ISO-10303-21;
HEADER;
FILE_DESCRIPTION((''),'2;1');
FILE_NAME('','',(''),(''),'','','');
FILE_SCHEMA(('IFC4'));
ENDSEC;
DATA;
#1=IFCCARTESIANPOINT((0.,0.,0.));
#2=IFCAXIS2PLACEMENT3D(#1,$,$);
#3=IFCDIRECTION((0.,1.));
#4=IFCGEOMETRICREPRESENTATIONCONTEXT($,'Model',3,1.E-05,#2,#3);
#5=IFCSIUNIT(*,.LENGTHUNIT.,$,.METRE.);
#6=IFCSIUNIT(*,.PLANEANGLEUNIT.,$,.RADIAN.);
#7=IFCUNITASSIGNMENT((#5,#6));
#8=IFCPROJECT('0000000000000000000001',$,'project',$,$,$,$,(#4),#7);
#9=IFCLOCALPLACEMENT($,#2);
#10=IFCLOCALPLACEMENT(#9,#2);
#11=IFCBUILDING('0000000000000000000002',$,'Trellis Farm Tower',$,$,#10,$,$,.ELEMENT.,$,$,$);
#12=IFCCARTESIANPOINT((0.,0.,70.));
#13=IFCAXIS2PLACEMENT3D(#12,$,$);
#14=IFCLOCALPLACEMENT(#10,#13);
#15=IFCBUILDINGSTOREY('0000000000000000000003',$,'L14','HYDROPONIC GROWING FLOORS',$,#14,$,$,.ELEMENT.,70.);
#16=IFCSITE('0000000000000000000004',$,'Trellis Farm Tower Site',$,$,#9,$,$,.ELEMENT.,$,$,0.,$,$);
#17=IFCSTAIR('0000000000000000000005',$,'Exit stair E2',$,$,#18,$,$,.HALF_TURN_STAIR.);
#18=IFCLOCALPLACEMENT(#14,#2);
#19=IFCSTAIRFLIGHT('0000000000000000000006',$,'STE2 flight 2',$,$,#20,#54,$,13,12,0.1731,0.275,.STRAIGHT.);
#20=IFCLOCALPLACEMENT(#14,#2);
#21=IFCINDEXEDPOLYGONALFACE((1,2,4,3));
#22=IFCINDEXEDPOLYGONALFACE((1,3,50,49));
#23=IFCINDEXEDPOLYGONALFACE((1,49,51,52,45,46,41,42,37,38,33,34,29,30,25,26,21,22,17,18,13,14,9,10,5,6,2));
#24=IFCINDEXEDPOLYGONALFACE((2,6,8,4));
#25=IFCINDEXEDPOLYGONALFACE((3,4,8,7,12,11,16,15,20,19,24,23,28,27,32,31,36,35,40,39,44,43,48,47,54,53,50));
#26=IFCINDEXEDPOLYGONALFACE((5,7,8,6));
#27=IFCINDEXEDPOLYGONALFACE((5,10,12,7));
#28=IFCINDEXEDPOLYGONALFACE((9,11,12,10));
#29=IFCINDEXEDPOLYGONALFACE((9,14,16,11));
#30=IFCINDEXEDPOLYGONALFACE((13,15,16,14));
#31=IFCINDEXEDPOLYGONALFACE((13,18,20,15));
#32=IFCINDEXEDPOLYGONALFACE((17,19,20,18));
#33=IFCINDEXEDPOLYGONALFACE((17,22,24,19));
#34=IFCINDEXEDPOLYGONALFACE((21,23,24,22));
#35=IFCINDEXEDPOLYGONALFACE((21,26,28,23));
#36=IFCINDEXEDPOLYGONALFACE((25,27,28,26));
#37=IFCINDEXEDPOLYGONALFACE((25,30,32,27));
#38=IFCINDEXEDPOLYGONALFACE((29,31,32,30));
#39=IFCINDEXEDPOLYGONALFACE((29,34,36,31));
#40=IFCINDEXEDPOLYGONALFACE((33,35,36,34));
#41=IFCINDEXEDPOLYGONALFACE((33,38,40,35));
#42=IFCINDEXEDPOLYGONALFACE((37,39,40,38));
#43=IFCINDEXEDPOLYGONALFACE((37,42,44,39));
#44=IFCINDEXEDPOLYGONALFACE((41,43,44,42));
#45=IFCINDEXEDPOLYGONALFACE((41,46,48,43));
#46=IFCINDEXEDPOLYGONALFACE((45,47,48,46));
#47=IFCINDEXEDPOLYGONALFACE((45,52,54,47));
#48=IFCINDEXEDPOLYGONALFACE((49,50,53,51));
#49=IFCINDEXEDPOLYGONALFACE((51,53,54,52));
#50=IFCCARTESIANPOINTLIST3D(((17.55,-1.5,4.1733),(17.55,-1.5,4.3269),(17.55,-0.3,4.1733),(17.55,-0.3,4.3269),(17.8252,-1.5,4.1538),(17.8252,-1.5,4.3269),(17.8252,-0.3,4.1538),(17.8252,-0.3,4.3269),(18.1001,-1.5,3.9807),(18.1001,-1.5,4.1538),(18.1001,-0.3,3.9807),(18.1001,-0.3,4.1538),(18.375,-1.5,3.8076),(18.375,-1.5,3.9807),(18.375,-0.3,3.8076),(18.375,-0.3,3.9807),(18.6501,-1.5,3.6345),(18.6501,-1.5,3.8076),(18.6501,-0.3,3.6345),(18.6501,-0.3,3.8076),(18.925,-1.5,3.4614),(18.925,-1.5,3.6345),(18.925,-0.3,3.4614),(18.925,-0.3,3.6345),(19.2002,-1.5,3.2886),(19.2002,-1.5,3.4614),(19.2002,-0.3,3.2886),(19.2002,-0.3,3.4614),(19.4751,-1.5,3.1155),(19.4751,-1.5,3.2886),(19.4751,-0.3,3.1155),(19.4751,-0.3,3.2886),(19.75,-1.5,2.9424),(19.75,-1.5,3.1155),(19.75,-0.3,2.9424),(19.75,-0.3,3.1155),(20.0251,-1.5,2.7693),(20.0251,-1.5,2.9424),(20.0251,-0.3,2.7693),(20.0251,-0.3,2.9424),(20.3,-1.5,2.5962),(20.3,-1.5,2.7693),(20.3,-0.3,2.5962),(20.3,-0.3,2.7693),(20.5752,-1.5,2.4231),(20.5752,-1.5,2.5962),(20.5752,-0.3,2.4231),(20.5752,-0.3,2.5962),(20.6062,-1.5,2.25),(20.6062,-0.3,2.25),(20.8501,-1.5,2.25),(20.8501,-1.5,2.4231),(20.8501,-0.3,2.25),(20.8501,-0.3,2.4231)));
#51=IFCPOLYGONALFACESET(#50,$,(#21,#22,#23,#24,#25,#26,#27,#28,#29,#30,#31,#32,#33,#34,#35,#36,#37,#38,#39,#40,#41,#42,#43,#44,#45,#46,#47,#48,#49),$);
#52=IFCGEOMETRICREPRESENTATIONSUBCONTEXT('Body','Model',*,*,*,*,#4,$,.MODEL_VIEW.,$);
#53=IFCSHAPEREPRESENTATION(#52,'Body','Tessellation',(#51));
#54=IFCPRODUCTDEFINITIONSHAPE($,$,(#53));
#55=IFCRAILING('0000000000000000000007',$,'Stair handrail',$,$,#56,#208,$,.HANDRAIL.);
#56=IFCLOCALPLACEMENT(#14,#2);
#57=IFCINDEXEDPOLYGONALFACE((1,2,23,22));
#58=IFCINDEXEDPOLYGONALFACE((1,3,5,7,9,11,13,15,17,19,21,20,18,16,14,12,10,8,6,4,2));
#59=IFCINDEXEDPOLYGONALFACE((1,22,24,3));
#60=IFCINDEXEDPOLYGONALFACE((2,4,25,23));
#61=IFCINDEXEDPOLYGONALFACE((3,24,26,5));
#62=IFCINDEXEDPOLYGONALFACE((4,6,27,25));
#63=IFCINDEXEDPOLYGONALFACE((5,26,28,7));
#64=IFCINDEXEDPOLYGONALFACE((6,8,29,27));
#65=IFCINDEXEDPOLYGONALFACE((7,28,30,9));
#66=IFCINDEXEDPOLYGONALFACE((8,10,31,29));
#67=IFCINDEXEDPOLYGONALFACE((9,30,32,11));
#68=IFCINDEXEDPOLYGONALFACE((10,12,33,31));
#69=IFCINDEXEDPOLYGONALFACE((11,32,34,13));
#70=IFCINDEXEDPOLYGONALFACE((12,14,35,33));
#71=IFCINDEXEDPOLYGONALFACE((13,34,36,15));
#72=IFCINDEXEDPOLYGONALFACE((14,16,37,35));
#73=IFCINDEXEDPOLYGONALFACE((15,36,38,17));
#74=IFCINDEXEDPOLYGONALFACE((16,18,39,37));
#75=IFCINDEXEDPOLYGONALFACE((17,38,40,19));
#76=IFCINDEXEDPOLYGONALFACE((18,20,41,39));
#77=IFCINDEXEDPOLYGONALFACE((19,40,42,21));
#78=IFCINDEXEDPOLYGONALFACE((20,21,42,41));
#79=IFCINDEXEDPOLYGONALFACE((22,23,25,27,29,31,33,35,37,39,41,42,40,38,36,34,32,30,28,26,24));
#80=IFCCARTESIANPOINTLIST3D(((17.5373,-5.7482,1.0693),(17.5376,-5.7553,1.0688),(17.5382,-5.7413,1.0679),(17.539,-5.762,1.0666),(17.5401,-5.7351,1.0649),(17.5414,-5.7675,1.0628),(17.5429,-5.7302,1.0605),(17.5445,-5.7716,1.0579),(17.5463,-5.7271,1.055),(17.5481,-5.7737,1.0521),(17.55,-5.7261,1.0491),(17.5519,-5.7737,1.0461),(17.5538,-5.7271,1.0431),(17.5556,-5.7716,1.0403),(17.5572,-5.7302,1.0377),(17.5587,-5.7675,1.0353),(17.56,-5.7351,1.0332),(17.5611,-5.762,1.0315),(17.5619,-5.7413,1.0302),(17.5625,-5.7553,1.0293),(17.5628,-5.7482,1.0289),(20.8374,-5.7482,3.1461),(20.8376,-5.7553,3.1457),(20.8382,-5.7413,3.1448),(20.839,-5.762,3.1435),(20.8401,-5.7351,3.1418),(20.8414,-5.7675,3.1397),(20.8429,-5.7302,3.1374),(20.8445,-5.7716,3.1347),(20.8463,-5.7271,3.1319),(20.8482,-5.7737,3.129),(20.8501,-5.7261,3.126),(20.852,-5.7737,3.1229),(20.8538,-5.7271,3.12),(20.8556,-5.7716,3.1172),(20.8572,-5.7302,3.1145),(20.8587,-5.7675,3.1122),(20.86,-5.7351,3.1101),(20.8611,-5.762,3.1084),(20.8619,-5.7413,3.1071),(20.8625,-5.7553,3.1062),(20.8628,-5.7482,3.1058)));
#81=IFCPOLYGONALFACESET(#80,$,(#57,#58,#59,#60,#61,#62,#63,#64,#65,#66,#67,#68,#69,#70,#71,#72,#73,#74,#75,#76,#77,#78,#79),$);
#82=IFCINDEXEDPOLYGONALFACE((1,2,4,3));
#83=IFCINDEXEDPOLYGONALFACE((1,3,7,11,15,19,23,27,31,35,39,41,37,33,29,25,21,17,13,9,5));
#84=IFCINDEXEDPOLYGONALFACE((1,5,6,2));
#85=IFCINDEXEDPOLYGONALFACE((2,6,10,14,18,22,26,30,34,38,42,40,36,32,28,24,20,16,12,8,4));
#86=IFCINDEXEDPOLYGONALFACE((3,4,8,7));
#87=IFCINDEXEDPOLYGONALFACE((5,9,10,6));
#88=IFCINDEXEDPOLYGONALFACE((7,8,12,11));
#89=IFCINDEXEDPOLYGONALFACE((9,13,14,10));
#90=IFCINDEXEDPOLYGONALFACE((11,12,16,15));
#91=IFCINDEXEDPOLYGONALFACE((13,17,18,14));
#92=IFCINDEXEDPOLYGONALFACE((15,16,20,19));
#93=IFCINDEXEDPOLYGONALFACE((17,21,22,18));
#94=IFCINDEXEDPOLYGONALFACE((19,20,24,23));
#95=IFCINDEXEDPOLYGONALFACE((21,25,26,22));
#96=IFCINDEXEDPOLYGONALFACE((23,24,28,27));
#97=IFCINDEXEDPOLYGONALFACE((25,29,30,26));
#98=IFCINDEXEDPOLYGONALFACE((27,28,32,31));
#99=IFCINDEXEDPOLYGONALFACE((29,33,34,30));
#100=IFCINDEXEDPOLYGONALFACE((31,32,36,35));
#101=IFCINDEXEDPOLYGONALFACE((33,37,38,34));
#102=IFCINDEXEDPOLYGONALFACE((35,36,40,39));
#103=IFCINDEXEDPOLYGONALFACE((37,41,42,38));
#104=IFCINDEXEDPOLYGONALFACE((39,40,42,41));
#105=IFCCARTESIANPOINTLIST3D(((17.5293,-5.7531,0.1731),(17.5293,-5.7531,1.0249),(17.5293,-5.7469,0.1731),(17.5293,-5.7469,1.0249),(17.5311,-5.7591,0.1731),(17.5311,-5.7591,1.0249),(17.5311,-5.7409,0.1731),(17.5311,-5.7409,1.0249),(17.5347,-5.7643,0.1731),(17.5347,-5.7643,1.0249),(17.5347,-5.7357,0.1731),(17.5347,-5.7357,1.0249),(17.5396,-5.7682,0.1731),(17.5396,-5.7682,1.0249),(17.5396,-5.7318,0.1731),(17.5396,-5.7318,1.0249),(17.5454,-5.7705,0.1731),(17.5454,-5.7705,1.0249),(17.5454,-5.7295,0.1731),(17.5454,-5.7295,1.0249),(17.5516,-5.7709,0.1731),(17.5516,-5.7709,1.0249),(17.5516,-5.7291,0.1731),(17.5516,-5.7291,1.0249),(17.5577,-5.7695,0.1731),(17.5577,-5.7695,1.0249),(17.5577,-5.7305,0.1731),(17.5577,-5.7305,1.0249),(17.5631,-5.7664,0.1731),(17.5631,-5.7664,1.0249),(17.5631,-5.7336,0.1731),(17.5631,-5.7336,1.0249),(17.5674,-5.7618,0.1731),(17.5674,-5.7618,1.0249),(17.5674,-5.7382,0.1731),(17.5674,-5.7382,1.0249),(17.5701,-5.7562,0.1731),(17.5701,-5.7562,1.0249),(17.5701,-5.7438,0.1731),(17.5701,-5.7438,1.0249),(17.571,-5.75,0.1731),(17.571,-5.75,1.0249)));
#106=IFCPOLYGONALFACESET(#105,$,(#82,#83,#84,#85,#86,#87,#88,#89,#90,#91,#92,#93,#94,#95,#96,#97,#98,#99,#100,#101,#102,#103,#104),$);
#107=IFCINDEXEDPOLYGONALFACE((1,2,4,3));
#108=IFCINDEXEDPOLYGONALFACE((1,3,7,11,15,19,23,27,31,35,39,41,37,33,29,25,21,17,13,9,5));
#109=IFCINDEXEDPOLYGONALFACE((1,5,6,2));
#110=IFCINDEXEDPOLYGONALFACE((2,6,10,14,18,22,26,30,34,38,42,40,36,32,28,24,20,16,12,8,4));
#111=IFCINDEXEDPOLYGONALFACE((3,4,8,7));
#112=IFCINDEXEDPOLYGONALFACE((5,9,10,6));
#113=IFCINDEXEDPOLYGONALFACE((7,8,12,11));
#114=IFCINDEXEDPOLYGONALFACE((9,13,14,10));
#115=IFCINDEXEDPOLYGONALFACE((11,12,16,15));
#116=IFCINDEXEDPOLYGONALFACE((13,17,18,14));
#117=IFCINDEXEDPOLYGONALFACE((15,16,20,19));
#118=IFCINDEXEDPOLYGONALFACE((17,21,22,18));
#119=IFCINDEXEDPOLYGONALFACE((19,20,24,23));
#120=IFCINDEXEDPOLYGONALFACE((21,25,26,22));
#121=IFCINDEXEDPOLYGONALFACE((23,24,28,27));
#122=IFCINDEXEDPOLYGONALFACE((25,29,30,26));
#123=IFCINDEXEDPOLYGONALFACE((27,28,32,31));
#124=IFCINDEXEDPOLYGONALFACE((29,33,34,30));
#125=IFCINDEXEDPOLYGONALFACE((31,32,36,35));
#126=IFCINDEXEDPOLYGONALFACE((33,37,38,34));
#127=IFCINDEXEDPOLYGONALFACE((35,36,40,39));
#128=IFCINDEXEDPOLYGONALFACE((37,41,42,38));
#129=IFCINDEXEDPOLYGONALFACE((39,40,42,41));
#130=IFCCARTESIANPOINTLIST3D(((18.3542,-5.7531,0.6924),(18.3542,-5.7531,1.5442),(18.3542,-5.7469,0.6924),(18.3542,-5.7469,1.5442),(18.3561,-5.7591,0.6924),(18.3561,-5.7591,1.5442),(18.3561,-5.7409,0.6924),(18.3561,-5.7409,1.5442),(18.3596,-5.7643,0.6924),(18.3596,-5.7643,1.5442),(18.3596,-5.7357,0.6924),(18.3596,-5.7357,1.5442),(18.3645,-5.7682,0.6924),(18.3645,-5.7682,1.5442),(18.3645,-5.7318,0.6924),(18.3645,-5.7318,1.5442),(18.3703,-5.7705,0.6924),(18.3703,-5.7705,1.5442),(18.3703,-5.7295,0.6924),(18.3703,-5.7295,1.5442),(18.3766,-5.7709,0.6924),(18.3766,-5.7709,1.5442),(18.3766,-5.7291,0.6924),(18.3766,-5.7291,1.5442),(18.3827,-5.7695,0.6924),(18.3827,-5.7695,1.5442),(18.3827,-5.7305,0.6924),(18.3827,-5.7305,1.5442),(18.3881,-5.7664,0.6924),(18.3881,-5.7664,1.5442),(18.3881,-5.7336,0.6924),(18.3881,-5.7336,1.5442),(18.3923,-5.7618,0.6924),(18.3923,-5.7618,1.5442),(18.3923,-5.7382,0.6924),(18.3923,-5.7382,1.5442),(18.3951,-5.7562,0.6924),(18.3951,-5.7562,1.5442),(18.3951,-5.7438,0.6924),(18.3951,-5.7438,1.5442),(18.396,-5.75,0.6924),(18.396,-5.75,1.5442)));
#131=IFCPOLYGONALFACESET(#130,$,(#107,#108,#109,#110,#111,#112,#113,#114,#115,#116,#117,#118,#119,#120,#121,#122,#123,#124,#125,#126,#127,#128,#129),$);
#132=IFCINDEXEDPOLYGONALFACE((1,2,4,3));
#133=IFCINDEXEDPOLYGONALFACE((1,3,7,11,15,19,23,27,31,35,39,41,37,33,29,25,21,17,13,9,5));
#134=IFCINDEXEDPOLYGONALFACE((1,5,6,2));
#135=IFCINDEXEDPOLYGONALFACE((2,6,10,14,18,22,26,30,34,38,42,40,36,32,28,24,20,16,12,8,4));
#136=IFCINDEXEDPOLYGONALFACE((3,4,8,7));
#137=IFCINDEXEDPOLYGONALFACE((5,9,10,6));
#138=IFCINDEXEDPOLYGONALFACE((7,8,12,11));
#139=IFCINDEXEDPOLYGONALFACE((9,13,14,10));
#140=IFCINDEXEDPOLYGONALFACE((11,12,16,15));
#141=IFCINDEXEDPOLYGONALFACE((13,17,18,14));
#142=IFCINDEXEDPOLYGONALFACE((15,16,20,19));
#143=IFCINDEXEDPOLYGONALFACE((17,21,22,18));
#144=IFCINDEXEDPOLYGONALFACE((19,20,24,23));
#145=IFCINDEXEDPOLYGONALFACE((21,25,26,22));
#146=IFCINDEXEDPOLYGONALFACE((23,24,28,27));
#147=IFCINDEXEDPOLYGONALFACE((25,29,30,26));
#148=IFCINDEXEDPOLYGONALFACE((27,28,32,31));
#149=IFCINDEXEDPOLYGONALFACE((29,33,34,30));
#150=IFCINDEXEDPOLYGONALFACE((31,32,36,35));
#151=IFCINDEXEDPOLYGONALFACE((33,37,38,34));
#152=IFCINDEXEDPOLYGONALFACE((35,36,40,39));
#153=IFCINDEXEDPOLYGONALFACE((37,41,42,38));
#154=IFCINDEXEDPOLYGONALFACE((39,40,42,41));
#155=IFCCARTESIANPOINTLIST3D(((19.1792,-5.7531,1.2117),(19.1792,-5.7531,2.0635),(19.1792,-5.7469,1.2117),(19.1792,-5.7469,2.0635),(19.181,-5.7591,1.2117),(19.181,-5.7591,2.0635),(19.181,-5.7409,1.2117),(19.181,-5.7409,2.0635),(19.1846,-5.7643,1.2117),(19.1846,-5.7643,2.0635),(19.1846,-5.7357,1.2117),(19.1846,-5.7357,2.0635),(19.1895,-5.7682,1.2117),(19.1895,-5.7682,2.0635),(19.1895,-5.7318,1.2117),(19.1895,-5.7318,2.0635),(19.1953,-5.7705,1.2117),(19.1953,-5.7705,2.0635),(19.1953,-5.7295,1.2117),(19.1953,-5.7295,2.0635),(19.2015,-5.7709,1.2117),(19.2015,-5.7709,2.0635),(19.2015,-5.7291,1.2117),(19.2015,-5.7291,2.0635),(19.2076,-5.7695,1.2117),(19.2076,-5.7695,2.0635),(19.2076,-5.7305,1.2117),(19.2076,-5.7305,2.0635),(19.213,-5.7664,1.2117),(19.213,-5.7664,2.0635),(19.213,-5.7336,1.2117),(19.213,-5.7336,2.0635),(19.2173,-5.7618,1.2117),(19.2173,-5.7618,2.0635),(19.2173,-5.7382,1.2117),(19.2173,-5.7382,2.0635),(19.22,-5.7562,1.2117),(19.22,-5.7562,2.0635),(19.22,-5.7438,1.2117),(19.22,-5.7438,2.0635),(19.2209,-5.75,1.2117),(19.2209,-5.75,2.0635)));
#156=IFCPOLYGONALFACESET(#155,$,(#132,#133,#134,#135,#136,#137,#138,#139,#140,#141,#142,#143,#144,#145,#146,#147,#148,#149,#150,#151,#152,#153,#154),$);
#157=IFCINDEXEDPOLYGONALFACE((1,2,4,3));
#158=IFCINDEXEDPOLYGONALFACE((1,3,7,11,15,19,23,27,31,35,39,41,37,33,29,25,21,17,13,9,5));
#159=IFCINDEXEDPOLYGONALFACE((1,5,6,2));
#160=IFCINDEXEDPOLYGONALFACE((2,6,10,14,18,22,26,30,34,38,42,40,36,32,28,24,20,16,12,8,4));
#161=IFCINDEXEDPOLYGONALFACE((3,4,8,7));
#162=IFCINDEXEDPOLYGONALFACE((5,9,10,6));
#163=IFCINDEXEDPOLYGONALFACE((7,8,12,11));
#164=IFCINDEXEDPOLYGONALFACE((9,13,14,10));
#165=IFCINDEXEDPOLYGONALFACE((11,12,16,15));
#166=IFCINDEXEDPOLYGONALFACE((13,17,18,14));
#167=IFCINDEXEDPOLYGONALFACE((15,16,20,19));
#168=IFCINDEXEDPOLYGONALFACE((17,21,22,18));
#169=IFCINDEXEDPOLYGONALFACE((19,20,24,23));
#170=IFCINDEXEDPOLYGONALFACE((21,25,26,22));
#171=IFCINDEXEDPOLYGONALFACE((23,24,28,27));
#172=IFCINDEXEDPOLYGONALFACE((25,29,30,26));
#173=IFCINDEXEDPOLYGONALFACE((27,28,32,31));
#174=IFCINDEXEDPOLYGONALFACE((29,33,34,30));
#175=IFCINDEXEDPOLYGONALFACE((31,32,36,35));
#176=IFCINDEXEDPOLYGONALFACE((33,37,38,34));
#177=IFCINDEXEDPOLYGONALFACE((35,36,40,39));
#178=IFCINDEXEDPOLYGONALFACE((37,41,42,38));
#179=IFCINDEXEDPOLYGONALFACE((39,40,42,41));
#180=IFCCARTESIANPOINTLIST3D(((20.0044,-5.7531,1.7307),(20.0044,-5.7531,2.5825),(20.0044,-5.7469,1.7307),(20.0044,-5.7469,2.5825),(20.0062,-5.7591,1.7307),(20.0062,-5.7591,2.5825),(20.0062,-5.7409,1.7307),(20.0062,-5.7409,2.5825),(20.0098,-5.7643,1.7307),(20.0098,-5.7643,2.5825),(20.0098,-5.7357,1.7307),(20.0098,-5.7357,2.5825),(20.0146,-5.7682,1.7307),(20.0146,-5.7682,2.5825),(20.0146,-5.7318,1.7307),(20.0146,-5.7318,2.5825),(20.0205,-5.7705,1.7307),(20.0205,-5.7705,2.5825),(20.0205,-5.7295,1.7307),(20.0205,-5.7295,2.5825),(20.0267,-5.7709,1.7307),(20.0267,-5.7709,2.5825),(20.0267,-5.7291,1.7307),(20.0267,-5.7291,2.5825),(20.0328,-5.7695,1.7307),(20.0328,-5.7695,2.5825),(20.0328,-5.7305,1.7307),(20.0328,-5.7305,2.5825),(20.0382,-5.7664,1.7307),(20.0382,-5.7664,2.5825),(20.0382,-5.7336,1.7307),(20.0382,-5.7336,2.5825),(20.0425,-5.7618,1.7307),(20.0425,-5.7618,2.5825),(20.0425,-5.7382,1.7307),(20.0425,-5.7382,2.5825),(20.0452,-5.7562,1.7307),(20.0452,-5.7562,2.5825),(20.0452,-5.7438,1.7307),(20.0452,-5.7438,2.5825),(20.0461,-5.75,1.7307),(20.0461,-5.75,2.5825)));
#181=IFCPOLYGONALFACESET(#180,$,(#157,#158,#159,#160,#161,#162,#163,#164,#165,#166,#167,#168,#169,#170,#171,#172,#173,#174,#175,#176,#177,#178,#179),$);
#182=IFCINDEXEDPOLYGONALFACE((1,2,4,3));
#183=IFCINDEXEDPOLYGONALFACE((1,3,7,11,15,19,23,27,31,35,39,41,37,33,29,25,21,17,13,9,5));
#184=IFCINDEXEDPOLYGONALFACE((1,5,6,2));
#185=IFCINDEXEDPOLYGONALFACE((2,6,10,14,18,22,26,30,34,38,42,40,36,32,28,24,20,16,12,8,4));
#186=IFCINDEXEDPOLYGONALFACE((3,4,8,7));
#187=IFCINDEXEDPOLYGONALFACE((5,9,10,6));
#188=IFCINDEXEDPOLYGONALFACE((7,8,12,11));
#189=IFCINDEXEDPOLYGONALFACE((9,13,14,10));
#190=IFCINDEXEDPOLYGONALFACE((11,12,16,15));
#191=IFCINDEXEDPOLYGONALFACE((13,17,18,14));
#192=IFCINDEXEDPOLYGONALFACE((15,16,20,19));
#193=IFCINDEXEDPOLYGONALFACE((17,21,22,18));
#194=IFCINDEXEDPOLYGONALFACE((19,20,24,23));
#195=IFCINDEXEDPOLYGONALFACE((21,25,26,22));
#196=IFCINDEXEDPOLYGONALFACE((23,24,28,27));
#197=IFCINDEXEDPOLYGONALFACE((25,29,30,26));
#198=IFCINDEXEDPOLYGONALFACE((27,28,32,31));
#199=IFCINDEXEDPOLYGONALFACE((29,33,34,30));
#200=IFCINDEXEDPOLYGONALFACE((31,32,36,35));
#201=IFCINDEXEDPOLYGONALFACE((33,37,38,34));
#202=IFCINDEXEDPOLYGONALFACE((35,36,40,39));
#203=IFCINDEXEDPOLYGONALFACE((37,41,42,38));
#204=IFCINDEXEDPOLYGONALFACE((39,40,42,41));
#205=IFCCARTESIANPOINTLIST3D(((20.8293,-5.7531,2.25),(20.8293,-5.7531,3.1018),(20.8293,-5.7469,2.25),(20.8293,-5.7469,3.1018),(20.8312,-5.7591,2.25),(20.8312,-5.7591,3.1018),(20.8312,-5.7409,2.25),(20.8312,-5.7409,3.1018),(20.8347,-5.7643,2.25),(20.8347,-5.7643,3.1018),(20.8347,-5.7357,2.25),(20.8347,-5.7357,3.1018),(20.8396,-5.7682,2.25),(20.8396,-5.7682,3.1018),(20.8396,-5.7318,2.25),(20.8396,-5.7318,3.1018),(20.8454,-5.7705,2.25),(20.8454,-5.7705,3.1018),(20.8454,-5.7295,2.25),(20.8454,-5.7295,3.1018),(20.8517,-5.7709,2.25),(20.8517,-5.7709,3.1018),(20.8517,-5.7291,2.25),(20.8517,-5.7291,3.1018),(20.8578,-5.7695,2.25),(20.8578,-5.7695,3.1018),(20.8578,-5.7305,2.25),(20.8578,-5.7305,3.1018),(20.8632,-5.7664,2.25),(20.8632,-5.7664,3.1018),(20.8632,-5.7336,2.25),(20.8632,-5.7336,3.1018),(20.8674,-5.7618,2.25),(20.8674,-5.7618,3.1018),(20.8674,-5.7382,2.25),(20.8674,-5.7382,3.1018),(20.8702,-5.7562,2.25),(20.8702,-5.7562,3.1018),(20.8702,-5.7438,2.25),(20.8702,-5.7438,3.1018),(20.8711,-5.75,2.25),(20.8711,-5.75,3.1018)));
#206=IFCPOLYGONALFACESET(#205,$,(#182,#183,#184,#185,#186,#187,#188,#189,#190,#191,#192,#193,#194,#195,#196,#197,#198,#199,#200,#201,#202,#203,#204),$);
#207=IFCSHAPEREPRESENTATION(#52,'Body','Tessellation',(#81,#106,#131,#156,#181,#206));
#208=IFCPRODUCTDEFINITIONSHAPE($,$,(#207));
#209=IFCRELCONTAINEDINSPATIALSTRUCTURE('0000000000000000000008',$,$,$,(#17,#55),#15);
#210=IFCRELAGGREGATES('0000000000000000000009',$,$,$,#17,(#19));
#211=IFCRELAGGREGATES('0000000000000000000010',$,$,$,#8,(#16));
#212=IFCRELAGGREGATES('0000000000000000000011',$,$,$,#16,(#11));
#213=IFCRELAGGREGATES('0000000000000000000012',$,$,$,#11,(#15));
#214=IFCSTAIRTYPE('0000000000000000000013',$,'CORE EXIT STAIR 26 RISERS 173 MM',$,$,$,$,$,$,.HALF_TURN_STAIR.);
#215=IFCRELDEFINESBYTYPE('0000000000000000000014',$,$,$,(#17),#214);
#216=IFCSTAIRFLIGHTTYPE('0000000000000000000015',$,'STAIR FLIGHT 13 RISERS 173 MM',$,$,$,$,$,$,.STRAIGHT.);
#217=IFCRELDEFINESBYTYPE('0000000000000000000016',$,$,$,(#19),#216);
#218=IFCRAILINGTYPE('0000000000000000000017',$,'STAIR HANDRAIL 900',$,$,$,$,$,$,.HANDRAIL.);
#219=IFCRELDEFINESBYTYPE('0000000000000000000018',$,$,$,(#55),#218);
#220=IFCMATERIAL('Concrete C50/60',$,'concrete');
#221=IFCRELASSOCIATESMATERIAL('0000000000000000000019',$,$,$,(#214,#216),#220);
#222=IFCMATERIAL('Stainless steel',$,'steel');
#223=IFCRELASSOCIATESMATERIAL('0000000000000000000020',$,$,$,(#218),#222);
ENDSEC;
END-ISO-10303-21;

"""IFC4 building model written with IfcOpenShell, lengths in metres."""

from ifc_helpers import new_model, si_unit, direction, frame, origin, origin_2d, place, context, subcontext, project, spatial, polyline, circle, outline, extrude, source, transform, mapped, material, type_object, element, aggregate, save


model = new_model("IFC4")

# Units and contexts
model_context = context("Model", 3, precision=1e-05, world=origin(), true_north=direction((0.0, 1.0)))
body_context = subcontext(model_context, "Body", "Model", "MODEL_VIEW")
ifc_project = project(units=[si_unit("LENGTHUNIT", "METRE"), si_unit("PLANEANGLEUNIT", "RADIAN")], contexts=[model_context])

# Site, building, storey
site_placement = place(None, origin())
site = spatial("IfcSite", under=ifc_project, at=site_placement, Name="Trellis Farm Tower Site", CompositionType="ELEMENT", RefElevation=0.0)
building_placement = place(site_placement, origin())
building = spatial("IfcBuilding", under=site, at=building_placement, Name="Trellis Farm Tower", CompositionType="ELEMENT")
storey_placement = place(building_placement, frame((0.0, 0.0, 70.0)))
storey = spatial("IfcBuildingStorey", under=building, at=storey_placement, Name="L14", Description="HYDROPONIC GROWING FLOORS", CompositionType="ELEMENT", Elevation=70.0)

# Shared definitions
placement = place(storey_placement, origin())

# Stair, stair flight
ifc_material_1 = material(Name="Concrete C50/60", Category="concrete")
stair_type = type_object("IfcStairType", Name="CORE EXIT STAIR 26 RISERS 173 MM", PredefinedType="HALF_TURN_STAIR", material=ifc_material_1)
stair_flight_type = type_object("IfcStairFlightType", Name="STAIR FLIGHT 13 RISERS 173 MM", PredefinedType="STRAIGHT", material=ifc_material_1)
shared_shape_1 = source(origin(), body_context, "Body", "SweptSolid", [
    extrude(outline(polyline([(0.0, 0.0), (0.0, 0.1731), (0.2749, 0.1731), (0.2749, 0.3462), (0.55, 0.3462), (0.55, 0.5193), (0.825, 0.5193), (0.825, 0.6924), (1.1001, 0.6924), (1.1001, 0.8655), (1.375, 0.8655), (1.375, 1.0386), (1.6499, 1.0386), (1.6499, 1.2114), (1.925, 1.2114), (1.925, 1.3845), (2.2, 1.3845), (2.2, 1.5576), (2.4751, 1.5576), (2.4751, 1.7307), (2.75, 1.7307), (2.75, 1.9038), (3.0249, 1.9038), (3.0249, 2.0769), (3.3, 2.0769), (3.3, 2.25), (3.3, 1.9233), (0.2439, 0.0), (0.0, 0.0)])), frame((0.0, 0.6001, 0.0), z_axis=(0.0, -1.0, 0.0), x_axis=(1.0, 0.0, 0.0)), (0.0, 0.0, 1.0), 1.2),
])
stair_1 = element("IfcStair", 1, at=placement, inside=storey, type_object=stair_type, Name="Exit stair E2", PredefinedType="HALF_TURN_STAIR")
stair_flight_1_placement = place(storey_placement, frame((20.8501, -0.8999, 2.25), z_axis=(0.0, 0.0, 1.0), x_axis=(-1.0, 0.0, 0.0)))
stair_flight_1 = element("IfcStairFlight", 2, at=stair_flight_1_placement, type_object=stair_flight_type, Name="STE2 flight 2", NumberOfRisers=13, NumberOfTreads=12, PredefinedType="STRAIGHT", RiserHeight=0.1731, TreadLength=0.275, context=body_context, shape_type="MappedRepresentation", body=[
    mapped(shared_shape_1, transform((0.0, 0.0, 0.0))),
])
aggregate(stair_1, [stair_flight_1])

# Railing
ifc_material_2 = material(Name="Stainless steel", Category="steel")
railing_type = type_object("IfcRailingType", Name="STAIR HANDRAIL 900", PredefinedType="HANDRAIL", material=ifc_material_2)
shared_shape_2 = source(origin(), body_context, "Body", "SweptSolid", [
    extrude(circle(Radius=0.0239, at=origin_2d()), frame((0.0, 0.0, 0.876), z_axis=(0.846337, 0.0, 0.532647), x_axis=(0.0, 1.0, 0.0)), (0.0, 0.0, 1.0), 3.8992),
    extrude(circle(Radius=0.021, at=origin_2d()), origin(), (0.0, 0.0, 1.0), 0.8518),
    extrude(circle(Radius=0.021, at=origin_2d()), frame((0.825, 0.0, 0.5193)), (0.0, 0.0, 1.0), 0.8518),
    extrude(circle(Radius=0.021, at=origin_2d()), frame((1.6499, 0.0, 1.0386)), (0.0, 0.0, 1.0), 0.8518),
    extrude(circle(Radius=0.021, at=origin_2d()), frame((2.4751, 0.0, 1.5576)), (0.0, 0.0, 1.0), 0.8518),
    extrude(circle(Radius=0.021, at=origin_2d()), frame((3.3, 0.0, 2.0769)), (0.0, 0.0, 1.0), 0.8518),
])
for number, where, name in (
    (3, (17.55, -5.75, 0.1731), "Stair handrail"),
):
    element("IfcRailing", number, at=place(storey_placement, frame(where)), inside=storey, type_object=railing_type, Name=name, PredefinedType="HANDRAIL", context=body_context, shape_type="MappedRepresentation", body=[
        mapped(shared_shape_2, transform((0.0, 0.0, 0.0))),
    ])

save(model, "model.ifc")
